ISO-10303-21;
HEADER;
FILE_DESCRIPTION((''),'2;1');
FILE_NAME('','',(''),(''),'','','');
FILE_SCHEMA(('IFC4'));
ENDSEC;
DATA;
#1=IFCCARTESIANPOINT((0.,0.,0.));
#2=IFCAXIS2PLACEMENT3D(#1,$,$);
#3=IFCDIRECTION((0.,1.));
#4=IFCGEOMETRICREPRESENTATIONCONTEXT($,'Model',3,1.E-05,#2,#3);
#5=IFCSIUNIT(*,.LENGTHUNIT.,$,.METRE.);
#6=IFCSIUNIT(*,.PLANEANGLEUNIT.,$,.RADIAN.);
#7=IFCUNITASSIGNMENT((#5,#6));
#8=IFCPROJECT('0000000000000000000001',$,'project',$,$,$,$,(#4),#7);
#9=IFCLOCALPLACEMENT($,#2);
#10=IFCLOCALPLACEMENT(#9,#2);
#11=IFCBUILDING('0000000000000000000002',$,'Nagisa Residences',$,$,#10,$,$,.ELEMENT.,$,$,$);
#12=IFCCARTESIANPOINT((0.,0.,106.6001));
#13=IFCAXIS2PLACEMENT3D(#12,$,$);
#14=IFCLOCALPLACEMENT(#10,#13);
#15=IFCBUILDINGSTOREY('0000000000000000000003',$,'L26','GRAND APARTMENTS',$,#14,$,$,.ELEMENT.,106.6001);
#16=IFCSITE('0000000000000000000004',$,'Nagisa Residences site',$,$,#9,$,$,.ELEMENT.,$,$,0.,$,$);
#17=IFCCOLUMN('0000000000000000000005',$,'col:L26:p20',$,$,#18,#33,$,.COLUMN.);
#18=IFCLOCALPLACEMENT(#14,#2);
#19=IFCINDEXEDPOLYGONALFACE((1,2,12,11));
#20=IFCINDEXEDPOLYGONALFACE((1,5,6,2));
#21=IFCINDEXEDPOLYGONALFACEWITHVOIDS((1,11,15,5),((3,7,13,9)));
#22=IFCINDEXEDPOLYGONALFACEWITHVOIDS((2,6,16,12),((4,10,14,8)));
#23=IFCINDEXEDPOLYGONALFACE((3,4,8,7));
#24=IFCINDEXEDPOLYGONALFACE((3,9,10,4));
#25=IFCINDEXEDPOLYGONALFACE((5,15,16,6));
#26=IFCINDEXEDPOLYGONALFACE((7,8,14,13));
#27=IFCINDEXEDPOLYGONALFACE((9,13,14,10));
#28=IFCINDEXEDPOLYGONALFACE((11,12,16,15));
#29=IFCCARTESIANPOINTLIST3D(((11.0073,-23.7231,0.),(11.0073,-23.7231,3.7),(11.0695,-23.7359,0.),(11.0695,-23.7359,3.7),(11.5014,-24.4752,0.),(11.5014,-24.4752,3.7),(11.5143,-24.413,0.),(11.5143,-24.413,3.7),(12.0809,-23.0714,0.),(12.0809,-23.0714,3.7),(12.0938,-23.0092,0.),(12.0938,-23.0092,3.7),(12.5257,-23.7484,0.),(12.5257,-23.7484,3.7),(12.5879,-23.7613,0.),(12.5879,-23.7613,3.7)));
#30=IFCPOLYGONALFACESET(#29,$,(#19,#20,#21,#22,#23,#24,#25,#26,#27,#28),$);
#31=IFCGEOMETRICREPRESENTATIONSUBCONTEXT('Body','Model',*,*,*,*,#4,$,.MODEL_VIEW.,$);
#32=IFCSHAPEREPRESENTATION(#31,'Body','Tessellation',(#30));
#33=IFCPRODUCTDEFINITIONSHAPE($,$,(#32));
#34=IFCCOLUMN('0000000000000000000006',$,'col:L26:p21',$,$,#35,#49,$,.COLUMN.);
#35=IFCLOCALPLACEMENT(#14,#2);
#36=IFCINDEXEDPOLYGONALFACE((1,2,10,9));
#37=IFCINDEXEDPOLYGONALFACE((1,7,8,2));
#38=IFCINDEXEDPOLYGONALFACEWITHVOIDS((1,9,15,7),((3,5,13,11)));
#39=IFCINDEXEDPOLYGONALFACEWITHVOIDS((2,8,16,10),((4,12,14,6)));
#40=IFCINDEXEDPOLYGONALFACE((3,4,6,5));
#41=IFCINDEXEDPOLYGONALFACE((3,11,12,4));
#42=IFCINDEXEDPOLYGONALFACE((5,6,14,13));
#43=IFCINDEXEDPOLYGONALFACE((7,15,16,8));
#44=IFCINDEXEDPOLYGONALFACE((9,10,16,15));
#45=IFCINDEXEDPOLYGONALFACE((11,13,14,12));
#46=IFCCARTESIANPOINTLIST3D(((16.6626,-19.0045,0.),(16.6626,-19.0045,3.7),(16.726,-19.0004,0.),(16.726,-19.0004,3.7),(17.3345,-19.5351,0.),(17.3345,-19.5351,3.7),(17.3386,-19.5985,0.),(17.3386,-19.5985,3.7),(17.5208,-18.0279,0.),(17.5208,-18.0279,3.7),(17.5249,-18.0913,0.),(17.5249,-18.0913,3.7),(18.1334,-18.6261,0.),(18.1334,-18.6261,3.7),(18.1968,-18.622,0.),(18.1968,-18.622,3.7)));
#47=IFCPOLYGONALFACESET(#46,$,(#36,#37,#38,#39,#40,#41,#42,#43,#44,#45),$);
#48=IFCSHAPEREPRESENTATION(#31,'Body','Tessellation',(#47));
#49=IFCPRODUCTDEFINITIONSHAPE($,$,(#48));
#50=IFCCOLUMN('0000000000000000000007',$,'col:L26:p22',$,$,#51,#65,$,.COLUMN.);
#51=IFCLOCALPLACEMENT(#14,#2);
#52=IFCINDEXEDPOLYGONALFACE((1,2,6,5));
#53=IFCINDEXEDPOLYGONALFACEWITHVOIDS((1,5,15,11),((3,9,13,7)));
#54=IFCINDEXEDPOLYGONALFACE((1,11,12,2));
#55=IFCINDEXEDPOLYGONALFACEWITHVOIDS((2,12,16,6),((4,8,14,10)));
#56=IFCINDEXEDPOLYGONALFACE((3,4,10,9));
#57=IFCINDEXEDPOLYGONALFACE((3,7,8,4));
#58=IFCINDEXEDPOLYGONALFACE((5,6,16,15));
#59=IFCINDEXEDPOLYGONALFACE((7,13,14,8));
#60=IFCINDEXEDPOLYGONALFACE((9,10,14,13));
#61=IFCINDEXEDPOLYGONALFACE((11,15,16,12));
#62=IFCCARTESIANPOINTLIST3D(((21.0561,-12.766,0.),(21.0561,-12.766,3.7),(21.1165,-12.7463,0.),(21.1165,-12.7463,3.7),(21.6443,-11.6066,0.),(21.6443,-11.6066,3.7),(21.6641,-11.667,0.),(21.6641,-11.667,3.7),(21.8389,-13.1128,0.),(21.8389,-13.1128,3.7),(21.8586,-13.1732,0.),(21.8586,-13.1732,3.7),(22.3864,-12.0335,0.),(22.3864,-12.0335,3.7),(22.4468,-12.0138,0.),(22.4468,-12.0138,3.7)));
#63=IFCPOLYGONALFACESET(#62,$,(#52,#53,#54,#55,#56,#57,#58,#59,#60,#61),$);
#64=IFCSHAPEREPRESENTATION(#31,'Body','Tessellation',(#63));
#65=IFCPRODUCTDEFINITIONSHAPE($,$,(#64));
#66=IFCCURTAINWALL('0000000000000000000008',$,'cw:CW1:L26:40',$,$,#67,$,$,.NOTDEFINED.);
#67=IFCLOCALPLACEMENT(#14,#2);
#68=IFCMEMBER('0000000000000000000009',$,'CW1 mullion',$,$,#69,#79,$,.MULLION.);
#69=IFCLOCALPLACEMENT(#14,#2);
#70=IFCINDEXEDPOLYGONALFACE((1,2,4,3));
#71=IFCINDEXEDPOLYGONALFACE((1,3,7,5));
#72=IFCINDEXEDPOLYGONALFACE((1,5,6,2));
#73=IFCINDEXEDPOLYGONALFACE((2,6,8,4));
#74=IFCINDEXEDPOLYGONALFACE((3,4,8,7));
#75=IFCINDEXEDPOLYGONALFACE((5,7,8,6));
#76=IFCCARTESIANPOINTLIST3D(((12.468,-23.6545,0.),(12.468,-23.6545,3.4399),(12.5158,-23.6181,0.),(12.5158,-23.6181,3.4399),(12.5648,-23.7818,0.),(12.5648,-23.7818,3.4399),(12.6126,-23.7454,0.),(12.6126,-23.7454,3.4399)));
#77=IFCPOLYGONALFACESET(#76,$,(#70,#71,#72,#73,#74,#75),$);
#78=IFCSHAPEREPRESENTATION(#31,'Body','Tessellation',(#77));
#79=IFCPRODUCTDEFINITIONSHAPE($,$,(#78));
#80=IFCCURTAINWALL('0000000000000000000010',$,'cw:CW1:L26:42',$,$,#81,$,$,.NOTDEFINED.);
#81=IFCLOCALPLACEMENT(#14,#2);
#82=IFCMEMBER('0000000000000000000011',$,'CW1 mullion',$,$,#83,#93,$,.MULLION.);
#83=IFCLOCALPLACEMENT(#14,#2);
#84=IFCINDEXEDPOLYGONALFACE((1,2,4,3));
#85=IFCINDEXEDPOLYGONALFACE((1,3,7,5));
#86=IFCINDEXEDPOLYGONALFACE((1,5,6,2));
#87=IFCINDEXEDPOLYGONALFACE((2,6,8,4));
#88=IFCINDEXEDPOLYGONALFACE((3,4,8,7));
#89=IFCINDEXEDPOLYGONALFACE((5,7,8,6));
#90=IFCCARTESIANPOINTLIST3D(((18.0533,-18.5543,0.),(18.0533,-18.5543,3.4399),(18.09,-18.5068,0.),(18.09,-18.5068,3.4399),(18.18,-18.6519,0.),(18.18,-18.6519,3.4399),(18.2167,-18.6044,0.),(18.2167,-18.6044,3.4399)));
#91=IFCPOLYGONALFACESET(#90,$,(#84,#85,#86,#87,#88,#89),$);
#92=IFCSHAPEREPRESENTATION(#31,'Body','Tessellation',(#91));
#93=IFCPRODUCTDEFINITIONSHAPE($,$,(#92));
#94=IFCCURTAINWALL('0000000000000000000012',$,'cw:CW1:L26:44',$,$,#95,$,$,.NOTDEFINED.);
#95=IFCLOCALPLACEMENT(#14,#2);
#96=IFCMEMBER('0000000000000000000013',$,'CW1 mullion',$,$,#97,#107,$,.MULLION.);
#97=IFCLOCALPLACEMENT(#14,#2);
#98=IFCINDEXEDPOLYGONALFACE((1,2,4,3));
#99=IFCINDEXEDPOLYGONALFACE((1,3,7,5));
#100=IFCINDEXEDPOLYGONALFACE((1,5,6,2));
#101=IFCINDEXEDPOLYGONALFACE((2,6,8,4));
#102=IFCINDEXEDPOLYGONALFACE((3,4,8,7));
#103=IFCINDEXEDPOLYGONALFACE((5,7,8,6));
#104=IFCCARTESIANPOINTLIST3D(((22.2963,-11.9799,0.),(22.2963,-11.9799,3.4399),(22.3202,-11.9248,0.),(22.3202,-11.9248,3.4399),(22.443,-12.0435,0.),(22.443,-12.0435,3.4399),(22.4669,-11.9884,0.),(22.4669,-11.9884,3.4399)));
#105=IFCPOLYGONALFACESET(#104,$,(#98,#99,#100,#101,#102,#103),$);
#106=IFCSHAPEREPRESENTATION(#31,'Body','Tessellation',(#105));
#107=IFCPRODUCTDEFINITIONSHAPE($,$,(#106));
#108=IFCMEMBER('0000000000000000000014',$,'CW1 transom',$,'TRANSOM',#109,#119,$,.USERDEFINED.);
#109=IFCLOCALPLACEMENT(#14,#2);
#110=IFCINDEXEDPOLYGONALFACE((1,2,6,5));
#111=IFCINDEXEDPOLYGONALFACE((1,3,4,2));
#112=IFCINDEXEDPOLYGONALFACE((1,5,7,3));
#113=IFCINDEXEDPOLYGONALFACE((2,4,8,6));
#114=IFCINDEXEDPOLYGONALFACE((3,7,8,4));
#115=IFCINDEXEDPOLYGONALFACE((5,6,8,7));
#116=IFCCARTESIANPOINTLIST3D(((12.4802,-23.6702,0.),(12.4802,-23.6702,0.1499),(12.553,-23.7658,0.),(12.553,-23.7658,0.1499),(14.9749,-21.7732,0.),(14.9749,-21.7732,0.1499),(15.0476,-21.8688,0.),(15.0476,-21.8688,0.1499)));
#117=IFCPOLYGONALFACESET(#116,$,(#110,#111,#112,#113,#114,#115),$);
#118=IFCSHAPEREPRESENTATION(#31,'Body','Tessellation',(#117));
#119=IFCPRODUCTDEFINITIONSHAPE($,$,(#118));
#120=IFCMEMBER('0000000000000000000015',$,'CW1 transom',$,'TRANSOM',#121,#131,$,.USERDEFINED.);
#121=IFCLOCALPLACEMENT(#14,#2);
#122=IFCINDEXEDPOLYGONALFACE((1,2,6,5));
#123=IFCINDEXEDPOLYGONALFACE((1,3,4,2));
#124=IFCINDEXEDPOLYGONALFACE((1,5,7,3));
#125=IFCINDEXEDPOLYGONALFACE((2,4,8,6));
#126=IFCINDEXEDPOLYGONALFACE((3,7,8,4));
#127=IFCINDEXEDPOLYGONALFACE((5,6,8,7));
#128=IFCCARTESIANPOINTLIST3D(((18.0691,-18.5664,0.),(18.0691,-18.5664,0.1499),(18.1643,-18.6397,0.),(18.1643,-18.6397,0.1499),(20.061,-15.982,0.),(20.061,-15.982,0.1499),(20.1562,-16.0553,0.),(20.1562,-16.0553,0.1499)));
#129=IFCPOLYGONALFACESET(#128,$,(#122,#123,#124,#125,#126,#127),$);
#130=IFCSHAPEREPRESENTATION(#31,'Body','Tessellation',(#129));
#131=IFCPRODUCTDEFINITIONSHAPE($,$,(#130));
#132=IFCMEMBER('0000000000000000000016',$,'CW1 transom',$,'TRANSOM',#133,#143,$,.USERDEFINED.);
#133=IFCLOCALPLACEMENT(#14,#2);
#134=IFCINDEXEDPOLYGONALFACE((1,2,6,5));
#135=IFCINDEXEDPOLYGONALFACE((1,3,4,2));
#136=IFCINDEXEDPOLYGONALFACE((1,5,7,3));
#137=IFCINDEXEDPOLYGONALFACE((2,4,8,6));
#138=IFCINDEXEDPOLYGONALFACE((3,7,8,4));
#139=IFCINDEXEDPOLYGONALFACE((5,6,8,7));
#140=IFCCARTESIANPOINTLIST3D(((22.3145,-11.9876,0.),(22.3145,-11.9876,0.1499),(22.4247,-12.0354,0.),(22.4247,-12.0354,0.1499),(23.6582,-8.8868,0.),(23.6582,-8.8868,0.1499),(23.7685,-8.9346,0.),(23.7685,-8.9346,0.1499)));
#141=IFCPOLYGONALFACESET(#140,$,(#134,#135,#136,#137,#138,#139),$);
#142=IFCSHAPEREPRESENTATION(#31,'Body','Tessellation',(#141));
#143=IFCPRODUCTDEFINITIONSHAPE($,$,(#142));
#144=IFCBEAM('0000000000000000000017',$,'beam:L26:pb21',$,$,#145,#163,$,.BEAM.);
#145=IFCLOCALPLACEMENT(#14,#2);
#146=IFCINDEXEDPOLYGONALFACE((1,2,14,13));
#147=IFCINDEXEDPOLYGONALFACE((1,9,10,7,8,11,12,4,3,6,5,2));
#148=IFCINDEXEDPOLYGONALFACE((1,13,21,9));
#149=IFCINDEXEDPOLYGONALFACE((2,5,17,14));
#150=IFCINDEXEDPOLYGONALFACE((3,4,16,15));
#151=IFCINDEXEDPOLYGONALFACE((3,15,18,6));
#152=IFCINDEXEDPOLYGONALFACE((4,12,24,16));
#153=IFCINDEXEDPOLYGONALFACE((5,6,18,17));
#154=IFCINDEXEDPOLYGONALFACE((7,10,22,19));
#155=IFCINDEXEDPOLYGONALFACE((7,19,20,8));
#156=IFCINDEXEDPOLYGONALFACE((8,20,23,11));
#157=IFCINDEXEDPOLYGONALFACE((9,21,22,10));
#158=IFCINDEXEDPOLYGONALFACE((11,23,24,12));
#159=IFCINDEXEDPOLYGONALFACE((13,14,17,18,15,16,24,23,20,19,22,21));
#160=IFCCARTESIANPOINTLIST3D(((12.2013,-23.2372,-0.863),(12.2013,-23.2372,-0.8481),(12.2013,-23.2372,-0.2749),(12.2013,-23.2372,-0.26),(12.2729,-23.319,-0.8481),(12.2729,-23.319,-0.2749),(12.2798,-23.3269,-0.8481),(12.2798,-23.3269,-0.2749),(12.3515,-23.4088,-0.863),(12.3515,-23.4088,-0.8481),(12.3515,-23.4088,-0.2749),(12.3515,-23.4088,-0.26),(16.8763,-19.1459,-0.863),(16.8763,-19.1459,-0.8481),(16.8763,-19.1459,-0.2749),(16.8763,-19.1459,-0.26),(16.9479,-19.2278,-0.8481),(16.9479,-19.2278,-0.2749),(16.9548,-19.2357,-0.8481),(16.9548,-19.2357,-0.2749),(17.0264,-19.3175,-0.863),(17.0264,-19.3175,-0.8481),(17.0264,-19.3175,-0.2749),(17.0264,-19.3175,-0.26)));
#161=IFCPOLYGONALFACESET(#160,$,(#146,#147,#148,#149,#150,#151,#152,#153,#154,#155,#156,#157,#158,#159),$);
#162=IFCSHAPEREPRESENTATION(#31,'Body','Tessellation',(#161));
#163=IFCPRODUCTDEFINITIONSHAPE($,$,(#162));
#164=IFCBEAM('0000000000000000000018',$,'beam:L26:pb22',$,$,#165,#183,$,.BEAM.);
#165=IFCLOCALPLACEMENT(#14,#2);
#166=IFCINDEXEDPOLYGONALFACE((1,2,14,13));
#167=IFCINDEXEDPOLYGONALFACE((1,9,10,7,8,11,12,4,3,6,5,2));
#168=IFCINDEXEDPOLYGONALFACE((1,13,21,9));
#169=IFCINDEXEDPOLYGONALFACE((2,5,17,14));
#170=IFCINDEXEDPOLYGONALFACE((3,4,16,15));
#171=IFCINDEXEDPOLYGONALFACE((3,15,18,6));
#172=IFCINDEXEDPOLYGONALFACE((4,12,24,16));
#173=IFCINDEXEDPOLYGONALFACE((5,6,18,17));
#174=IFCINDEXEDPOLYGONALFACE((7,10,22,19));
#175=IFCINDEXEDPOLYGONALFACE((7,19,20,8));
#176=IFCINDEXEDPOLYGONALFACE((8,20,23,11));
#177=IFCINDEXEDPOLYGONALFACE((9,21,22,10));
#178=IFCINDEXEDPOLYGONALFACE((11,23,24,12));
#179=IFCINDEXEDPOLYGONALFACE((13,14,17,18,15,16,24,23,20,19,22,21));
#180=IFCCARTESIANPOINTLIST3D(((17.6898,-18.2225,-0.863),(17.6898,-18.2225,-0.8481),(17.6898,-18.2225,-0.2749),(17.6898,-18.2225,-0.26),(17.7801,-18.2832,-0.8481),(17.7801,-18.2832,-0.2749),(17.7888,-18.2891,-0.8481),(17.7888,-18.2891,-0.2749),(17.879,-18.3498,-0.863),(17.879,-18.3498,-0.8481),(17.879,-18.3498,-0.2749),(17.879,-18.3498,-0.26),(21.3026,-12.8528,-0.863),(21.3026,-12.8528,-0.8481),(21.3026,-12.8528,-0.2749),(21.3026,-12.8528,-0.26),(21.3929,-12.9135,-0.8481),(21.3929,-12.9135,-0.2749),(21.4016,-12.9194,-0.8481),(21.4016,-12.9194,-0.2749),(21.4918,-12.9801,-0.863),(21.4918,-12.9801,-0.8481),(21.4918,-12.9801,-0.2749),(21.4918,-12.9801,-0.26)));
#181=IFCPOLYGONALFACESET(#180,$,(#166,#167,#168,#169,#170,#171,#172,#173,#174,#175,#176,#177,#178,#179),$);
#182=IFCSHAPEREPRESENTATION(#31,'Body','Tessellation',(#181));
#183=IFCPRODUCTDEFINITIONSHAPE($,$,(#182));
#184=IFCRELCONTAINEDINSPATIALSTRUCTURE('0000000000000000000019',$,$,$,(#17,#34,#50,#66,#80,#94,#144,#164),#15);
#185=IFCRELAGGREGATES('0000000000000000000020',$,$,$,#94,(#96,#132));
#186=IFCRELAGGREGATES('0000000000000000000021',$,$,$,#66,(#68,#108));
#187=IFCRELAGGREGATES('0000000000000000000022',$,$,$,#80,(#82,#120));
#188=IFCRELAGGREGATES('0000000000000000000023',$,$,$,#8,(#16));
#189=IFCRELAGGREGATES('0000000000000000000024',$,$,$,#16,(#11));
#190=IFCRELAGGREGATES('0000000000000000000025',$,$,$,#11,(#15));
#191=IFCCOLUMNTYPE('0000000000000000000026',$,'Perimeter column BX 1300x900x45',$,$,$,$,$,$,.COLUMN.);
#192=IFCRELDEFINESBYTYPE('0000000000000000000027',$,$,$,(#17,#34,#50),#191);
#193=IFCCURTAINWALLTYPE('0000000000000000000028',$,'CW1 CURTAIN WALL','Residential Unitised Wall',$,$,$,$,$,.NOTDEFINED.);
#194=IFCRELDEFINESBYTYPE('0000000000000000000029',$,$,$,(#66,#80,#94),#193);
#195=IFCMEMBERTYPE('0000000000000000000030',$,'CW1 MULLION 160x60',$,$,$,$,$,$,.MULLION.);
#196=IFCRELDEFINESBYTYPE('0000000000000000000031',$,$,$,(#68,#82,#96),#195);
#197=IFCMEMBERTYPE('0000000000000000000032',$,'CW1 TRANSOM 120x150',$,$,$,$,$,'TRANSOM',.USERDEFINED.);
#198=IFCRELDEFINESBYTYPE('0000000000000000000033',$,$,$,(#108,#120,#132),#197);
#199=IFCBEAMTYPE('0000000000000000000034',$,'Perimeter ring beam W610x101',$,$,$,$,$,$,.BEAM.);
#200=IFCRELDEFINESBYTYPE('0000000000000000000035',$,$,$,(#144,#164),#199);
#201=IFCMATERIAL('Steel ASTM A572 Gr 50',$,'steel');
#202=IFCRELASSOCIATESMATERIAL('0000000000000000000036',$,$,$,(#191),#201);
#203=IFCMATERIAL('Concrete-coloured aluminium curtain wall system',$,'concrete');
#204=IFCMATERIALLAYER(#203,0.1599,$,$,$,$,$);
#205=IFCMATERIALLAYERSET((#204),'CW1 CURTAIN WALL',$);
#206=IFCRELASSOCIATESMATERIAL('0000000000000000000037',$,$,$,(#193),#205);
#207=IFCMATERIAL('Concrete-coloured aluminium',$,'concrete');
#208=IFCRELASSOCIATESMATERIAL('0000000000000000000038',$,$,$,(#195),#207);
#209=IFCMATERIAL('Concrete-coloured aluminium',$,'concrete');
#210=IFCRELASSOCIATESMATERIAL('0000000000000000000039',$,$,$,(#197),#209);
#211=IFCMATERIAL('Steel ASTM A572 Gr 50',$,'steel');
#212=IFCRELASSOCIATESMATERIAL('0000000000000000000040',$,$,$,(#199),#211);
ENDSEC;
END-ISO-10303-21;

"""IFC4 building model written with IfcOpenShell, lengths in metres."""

from ifc_helpers import new_model, si_unit, direction, frame, origin, origin_2d, place, context, subcontext, project, spatial, rectangle, hollow_rectangle, i_section, extrude, material, layer, layer_set, material_profile, profile_set, type_object, element, aggregate, save


model = new_model("IFC4")

# Units and contexts
model_context = context("Model", 3, precision=1e-05, world=origin(), true_north=direction((0.0, 1.0)))
body_context = subcontext(model_context, "Body", "Model", "MODEL_VIEW")
ifc_project = project(units=[si_unit("LENGTHUNIT", "METRE"), si_unit("PLANEANGLEUNIT", "RADIAN")], contexts=[model_context])

# Site, building, storey
site_placement = place(None, origin())
site = spatial("IfcSite", under=ifc_project, at=site_placement, Name="Nagisa Residences site", CompositionType="ELEMENT", RefElevation=0.0)
building_placement = place(site_placement, origin())
building = spatial("IfcBuilding", under=site, at=building_placement, Name="Nagisa Residences", CompositionType="ELEMENT")
storey_placement = place(building_placement, frame((0.0, 0.0, 106.6001)))
storey = spatial("IfcBuildingStorey", under=building, at=storey_placement, Name="L26", Description="GRAND APARTMENTS", CompositionType="ELEMENT", Elevation=106.6001)

# Columns
ifc_material_1 = material(Name="Steel ASTM A572 Gr 50", Category="steel")
ifc_material_profile_1 = material_profile(ifc_material_1, hollow_rectangle(XDim=1.3, YDim=0.8999, WallThickness=0.0449, at=origin_2d()), Name="BX 1300x900x45")
ifc_profile_set_1 = profile_set([ifc_material_profile_1], Name="Steel ASTM A572 Gr 50")
column_type = type_object("IfcColumnType", Name="Perimeter column BX 1300x900x45", PredefinedType="COLUMN", material=ifc_profile_set_1)
for number, where, z_axis, x_axis, name in (
    (1, (11.7976, -23.7422, 0.0), (0.0, 0.0, 1.0), (0.835766, 0.549086, 0.0), "col:L26:p20"),
    (2, (17.4297, -18.8132, 0.0), (0.0, 0.0, 1.0), (0.660115, 0.751165, 0.0), "col:L26:p21"),
    (3, (21.7515, -12.3899, 0.0), (0.0, 0.0, 1.0), (0.452463, 0.891783, 0.0), "col:L26:p22"),
):
    element("IfcColumn", number, at=place(storey_placement, frame(where, z_axis=z_axis, x_axis=x_axis)), inside=storey, type_object=column_type, Name=name, PredefinedType="COLUMN", context=body_context, shape_type="SweptSolid", body=[
        extrude(hollow_rectangle(XDim=1.3, YDim=0.8999, WallThickness=0.0449, at=origin_2d()), origin(), (0.0, 0.0, 1.0), 3.7),
    ])

# Curtain walls, members
ifc_material_2 = material(Name="Concrete-coloured aluminium curtain wall system", Category="concrete")
ifc_layer_1 = layer(ifc_material_2, 0.1599)
ifc_layer_set_1 = layer_set([ifc_layer_1], Name="CW1 CURTAIN WALL")
curtain_wall_type = type_object("IfcCurtainWallType", Name="CW1 CURTAIN WALL", Description="Residential Unitised Wall", PredefinedType="NOTDEFINED", material=ifc_layer_set_1)
curtain_wall_1_placement = place(storey_placement, origin())
curtain_wall_1 = element("IfcCurtainWall", 4, at=curtain_wall_1_placement, inside=storey, type_object=curtain_wall_type, Name="cw:CW1:L26:40", PredefinedType="NOTDEFINED")
ifc_material_3 = material(Name="Concrete-coloured aluminium", Category="concrete")
ifc_material_profile_2 = material_profile(ifc_material_3, rectangle(XDim=0.1599, YDim=0.0601, at=origin_2d()), Name="CW1 MULLION 160x60")
ifc_profile_set_2 = profile_set([ifc_material_profile_2], Name="Concrete-coloured aluminium")
member_type_1 = type_object("IfcMemberType", Name="CW1 MULLION 160x60", PredefinedType="MULLION", material=ifc_profile_set_2)
member_1_placement = place(storey_placement, frame((12.5403, -23.7, 0.0), z_axis=(0.0, 0.0, 1.0), x_axis=(-0.605255, 0.796031, 0.0)))
member_1 = element("IfcMember", 5, at=member_1_placement, type_object=member_type_1, Name="CW1 mullion", PredefinedType="MULLION", context=body_context, shape_type="SweptSolid", body=[
    extrude(rectangle(XDim=0.1599, YDim=0.0601, at=origin_2d()), origin(), (0.0, 0.0, 1.0), 3.4399),
])
curtain_wall_2_placement = place(storey_placement, origin())
curtain_wall_2 = element("IfcCurtainWall", 6, at=curtain_wall_2_placement, inside=storey, type_object=curtain_wall_type, Name="cw:CW1:L26:42", PredefinedType="NOTDEFINED")
member_2_placement = place(storey_placement, frame((18.135, -18.5793, 0.0), z_axis=(0.0, 0.0, 1.0), x_axis=(-0.79207, 0.61043, 0.0)))
member_2 = element("IfcMember", 7, at=member_2_placement, type_object=member_type_1, Name="CW1 mullion", PredefinedType="MULLION", context=body_context, shape_type="SweptSolid", body=[
    extrude(rectangle(XDim=0.1599, YDim=0.0601, at=origin_2d()), origin(), (0.0, 0.0, 1.0), 3.4399),
])
curtain_wall_3_placement = place(storey_placement, origin())
curtain_wall_3 = element("IfcCurtainWall", 8, at=curtain_wall_3_placement, inside=storey, type_object=curtain_wall_type, Name="cw:CW1:L26:44", PredefinedType="NOTDEFINED")
member_3_placement = place(storey_placement, frame((22.3816, -11.9841, 0.0), z_axis=(0.0, 0.0, 1.0), x_axis=(-0.917543, 0.397636, 0.0)))
member_3 = element("IfcMember", 9, at=member_3_placement, type_object=member_type_1, Name="CW1 mullion", PredefinedType="MULLION", context=body_context, shape_type="SweptSolid", body=[
    extrude(rectangle(XDim=0.1599, YDim=0.0601, at=origin_2d()), origin(), (0.0, 0.0, 1.0), 3.4399),
])

# Members
ifc_material_4 = material(Name="Concrete-coloured aluminium", Category="concrete")
ifc_material_profile_3 = material_profile(ifc_material_4, rectangle(XDim=0.1201, YDim=0.1499, at=origin_2d()), Name="CW1 TRANSOM 120x150")
ifc_profile_set_3 = profile_set([ifc_material_profile_3], Name="Concrete-coloured aluminium")
member_type_2 = type_object("IfcMemberType", Name="CW1 TRANSOM 120x150", ElementType="TRANSOM", PredefinedType="USERDEFINED", material=ifc_profile_set_3)
member_4_placement = place(storey_placement, frame((12.5166, -23.718, 0.075), z_axis=(0.796, 0.605297, 0.0), x_axis=(-0.605297, 0.796, 0.0)))
member_4 = element("IfcMember", 10, at=member_4_placement, type_object=member_type_2, Name="CW1 transom", ObjectType="TRANSOM", PredefinedType="USERDEFINED", context=body_context, shape_type="SweptSolid", body=[
    extrude(rectangle(XDim=0.1201, YDim=0.1499, at=origin_2d()), origin(), (0.0, 0.0, 1.0), 3.134),
])
member_5_placement = place(storey_placement, frame((18.1167, -18.603, 0.075), z_axis=(0.610459, 0.792048, 0.0), x_axis=(-0.792048, 0.610459, 0.0)))
member_5 = element("IfcMember", 11, at=member_5_placement, type_object=member_type_2, Name="CW1 transom", ObjectType="TRANSOM", PredefinedType="USERDEFINED", context=body_context, shape_type="SweptSolid", body=[
    extrude(rectangle(XDim=0.1201, YDim=0.1499, at=origin_2d()), origin(), (0.0, 0.0, 1.0), 3.2629),
])
member_6_placement = place(storey_placement, frame((22.3696, -12.0115, 0.075), z_axis=(0.397622, 0.917549, 0.0), x_axis=(-0.917549, 0.397622, 0.0)))
member_6 = element("IfcMember", 12, at=member_6_placement, type_object=member_type_2, Name="CW1 transom", ObjectType="TRANSOM", PredefinedType="USERDEFINED", context=body_context, shape_type="SweptSolid", body=[
    extrude(rectangle(XDim=0.1201, YDim=0.1499, at=origin_2d()), origin(), (0.0, 0.0, 1.0), 3.3794),
])
aggregate(curtain_wall_3, [member_3, member_6])

# Beams
ifc_material_5 = material(Name="Steel ASTM A572 Gr 50", Category="steel")
ifc_material_profile_4 = material_profile(ifc_material_5, i_section(OverallWidth=0.228, OverallDepth=0.603, WebThickness=0.0105, FlangeThickness=0.0149, at=origin_2d()), Name="W610x101")
ifc_profile_set_4 = profile_set([ifc_material_profile_4], Name="Steel ASTM A572 Gr 50")
beam_type_1 = type_object("IfcBeamType", Name="Perimeter ring beam W610x101", PredefinedType="BEAM", material=ifc_profile_set_4)
beam_1_placement = place(storey_placement, frame((12.2764, -23.323, -0.5615), z_axis=(0.752526, 0.658563, 0.0), x_axis=(-0.658563, 0.752526, 0.0)))
element("IfcBeam", 13, at=beam_1_placement, inside=storey, type_object=beam_type_1, Name="beam:L26:pb21", PredefinedType="BEAM", context=body_context, shape_type="SweptSolid", body=[
    extrude(i_section(OverallWidth=0.228, OverallDepth=0.603, WebThickness=0.0105, FlangeThickness=0.0149, at=origin_2d()), origin(), (0.0, 0.0, 1.0), 6.2124),
])
beam_2_placement = place(storey_placement, frame((17.7844, -18.2861, -0.5615), z_axis=(0.55823, 0.829687, 0.0), x_axis=(-0.829687, 0.55823, 0.0)))
element("IfcBeam", 14, at=beam_2_placement, inside=storey, type_object=beam_type_1, Name="beam:L26:pb22", PredefinedType="BEAM", context=body_context, shape_type="SweptSolid", body=[
    extrude(i_section(OverallWidth=0.228, OverallDepth=0.603, WebThickness=0.0105, FlangeThickness=0.0149, at=origin_2d()), origin(), (0.0, 0.0, 1.0), 6.4719),
])

aggregate(curtain_wall_1, [member_1, member_4])
aggregate(curtain_wall_2, [member_2, member_5])

save(model, "model.ifc")
